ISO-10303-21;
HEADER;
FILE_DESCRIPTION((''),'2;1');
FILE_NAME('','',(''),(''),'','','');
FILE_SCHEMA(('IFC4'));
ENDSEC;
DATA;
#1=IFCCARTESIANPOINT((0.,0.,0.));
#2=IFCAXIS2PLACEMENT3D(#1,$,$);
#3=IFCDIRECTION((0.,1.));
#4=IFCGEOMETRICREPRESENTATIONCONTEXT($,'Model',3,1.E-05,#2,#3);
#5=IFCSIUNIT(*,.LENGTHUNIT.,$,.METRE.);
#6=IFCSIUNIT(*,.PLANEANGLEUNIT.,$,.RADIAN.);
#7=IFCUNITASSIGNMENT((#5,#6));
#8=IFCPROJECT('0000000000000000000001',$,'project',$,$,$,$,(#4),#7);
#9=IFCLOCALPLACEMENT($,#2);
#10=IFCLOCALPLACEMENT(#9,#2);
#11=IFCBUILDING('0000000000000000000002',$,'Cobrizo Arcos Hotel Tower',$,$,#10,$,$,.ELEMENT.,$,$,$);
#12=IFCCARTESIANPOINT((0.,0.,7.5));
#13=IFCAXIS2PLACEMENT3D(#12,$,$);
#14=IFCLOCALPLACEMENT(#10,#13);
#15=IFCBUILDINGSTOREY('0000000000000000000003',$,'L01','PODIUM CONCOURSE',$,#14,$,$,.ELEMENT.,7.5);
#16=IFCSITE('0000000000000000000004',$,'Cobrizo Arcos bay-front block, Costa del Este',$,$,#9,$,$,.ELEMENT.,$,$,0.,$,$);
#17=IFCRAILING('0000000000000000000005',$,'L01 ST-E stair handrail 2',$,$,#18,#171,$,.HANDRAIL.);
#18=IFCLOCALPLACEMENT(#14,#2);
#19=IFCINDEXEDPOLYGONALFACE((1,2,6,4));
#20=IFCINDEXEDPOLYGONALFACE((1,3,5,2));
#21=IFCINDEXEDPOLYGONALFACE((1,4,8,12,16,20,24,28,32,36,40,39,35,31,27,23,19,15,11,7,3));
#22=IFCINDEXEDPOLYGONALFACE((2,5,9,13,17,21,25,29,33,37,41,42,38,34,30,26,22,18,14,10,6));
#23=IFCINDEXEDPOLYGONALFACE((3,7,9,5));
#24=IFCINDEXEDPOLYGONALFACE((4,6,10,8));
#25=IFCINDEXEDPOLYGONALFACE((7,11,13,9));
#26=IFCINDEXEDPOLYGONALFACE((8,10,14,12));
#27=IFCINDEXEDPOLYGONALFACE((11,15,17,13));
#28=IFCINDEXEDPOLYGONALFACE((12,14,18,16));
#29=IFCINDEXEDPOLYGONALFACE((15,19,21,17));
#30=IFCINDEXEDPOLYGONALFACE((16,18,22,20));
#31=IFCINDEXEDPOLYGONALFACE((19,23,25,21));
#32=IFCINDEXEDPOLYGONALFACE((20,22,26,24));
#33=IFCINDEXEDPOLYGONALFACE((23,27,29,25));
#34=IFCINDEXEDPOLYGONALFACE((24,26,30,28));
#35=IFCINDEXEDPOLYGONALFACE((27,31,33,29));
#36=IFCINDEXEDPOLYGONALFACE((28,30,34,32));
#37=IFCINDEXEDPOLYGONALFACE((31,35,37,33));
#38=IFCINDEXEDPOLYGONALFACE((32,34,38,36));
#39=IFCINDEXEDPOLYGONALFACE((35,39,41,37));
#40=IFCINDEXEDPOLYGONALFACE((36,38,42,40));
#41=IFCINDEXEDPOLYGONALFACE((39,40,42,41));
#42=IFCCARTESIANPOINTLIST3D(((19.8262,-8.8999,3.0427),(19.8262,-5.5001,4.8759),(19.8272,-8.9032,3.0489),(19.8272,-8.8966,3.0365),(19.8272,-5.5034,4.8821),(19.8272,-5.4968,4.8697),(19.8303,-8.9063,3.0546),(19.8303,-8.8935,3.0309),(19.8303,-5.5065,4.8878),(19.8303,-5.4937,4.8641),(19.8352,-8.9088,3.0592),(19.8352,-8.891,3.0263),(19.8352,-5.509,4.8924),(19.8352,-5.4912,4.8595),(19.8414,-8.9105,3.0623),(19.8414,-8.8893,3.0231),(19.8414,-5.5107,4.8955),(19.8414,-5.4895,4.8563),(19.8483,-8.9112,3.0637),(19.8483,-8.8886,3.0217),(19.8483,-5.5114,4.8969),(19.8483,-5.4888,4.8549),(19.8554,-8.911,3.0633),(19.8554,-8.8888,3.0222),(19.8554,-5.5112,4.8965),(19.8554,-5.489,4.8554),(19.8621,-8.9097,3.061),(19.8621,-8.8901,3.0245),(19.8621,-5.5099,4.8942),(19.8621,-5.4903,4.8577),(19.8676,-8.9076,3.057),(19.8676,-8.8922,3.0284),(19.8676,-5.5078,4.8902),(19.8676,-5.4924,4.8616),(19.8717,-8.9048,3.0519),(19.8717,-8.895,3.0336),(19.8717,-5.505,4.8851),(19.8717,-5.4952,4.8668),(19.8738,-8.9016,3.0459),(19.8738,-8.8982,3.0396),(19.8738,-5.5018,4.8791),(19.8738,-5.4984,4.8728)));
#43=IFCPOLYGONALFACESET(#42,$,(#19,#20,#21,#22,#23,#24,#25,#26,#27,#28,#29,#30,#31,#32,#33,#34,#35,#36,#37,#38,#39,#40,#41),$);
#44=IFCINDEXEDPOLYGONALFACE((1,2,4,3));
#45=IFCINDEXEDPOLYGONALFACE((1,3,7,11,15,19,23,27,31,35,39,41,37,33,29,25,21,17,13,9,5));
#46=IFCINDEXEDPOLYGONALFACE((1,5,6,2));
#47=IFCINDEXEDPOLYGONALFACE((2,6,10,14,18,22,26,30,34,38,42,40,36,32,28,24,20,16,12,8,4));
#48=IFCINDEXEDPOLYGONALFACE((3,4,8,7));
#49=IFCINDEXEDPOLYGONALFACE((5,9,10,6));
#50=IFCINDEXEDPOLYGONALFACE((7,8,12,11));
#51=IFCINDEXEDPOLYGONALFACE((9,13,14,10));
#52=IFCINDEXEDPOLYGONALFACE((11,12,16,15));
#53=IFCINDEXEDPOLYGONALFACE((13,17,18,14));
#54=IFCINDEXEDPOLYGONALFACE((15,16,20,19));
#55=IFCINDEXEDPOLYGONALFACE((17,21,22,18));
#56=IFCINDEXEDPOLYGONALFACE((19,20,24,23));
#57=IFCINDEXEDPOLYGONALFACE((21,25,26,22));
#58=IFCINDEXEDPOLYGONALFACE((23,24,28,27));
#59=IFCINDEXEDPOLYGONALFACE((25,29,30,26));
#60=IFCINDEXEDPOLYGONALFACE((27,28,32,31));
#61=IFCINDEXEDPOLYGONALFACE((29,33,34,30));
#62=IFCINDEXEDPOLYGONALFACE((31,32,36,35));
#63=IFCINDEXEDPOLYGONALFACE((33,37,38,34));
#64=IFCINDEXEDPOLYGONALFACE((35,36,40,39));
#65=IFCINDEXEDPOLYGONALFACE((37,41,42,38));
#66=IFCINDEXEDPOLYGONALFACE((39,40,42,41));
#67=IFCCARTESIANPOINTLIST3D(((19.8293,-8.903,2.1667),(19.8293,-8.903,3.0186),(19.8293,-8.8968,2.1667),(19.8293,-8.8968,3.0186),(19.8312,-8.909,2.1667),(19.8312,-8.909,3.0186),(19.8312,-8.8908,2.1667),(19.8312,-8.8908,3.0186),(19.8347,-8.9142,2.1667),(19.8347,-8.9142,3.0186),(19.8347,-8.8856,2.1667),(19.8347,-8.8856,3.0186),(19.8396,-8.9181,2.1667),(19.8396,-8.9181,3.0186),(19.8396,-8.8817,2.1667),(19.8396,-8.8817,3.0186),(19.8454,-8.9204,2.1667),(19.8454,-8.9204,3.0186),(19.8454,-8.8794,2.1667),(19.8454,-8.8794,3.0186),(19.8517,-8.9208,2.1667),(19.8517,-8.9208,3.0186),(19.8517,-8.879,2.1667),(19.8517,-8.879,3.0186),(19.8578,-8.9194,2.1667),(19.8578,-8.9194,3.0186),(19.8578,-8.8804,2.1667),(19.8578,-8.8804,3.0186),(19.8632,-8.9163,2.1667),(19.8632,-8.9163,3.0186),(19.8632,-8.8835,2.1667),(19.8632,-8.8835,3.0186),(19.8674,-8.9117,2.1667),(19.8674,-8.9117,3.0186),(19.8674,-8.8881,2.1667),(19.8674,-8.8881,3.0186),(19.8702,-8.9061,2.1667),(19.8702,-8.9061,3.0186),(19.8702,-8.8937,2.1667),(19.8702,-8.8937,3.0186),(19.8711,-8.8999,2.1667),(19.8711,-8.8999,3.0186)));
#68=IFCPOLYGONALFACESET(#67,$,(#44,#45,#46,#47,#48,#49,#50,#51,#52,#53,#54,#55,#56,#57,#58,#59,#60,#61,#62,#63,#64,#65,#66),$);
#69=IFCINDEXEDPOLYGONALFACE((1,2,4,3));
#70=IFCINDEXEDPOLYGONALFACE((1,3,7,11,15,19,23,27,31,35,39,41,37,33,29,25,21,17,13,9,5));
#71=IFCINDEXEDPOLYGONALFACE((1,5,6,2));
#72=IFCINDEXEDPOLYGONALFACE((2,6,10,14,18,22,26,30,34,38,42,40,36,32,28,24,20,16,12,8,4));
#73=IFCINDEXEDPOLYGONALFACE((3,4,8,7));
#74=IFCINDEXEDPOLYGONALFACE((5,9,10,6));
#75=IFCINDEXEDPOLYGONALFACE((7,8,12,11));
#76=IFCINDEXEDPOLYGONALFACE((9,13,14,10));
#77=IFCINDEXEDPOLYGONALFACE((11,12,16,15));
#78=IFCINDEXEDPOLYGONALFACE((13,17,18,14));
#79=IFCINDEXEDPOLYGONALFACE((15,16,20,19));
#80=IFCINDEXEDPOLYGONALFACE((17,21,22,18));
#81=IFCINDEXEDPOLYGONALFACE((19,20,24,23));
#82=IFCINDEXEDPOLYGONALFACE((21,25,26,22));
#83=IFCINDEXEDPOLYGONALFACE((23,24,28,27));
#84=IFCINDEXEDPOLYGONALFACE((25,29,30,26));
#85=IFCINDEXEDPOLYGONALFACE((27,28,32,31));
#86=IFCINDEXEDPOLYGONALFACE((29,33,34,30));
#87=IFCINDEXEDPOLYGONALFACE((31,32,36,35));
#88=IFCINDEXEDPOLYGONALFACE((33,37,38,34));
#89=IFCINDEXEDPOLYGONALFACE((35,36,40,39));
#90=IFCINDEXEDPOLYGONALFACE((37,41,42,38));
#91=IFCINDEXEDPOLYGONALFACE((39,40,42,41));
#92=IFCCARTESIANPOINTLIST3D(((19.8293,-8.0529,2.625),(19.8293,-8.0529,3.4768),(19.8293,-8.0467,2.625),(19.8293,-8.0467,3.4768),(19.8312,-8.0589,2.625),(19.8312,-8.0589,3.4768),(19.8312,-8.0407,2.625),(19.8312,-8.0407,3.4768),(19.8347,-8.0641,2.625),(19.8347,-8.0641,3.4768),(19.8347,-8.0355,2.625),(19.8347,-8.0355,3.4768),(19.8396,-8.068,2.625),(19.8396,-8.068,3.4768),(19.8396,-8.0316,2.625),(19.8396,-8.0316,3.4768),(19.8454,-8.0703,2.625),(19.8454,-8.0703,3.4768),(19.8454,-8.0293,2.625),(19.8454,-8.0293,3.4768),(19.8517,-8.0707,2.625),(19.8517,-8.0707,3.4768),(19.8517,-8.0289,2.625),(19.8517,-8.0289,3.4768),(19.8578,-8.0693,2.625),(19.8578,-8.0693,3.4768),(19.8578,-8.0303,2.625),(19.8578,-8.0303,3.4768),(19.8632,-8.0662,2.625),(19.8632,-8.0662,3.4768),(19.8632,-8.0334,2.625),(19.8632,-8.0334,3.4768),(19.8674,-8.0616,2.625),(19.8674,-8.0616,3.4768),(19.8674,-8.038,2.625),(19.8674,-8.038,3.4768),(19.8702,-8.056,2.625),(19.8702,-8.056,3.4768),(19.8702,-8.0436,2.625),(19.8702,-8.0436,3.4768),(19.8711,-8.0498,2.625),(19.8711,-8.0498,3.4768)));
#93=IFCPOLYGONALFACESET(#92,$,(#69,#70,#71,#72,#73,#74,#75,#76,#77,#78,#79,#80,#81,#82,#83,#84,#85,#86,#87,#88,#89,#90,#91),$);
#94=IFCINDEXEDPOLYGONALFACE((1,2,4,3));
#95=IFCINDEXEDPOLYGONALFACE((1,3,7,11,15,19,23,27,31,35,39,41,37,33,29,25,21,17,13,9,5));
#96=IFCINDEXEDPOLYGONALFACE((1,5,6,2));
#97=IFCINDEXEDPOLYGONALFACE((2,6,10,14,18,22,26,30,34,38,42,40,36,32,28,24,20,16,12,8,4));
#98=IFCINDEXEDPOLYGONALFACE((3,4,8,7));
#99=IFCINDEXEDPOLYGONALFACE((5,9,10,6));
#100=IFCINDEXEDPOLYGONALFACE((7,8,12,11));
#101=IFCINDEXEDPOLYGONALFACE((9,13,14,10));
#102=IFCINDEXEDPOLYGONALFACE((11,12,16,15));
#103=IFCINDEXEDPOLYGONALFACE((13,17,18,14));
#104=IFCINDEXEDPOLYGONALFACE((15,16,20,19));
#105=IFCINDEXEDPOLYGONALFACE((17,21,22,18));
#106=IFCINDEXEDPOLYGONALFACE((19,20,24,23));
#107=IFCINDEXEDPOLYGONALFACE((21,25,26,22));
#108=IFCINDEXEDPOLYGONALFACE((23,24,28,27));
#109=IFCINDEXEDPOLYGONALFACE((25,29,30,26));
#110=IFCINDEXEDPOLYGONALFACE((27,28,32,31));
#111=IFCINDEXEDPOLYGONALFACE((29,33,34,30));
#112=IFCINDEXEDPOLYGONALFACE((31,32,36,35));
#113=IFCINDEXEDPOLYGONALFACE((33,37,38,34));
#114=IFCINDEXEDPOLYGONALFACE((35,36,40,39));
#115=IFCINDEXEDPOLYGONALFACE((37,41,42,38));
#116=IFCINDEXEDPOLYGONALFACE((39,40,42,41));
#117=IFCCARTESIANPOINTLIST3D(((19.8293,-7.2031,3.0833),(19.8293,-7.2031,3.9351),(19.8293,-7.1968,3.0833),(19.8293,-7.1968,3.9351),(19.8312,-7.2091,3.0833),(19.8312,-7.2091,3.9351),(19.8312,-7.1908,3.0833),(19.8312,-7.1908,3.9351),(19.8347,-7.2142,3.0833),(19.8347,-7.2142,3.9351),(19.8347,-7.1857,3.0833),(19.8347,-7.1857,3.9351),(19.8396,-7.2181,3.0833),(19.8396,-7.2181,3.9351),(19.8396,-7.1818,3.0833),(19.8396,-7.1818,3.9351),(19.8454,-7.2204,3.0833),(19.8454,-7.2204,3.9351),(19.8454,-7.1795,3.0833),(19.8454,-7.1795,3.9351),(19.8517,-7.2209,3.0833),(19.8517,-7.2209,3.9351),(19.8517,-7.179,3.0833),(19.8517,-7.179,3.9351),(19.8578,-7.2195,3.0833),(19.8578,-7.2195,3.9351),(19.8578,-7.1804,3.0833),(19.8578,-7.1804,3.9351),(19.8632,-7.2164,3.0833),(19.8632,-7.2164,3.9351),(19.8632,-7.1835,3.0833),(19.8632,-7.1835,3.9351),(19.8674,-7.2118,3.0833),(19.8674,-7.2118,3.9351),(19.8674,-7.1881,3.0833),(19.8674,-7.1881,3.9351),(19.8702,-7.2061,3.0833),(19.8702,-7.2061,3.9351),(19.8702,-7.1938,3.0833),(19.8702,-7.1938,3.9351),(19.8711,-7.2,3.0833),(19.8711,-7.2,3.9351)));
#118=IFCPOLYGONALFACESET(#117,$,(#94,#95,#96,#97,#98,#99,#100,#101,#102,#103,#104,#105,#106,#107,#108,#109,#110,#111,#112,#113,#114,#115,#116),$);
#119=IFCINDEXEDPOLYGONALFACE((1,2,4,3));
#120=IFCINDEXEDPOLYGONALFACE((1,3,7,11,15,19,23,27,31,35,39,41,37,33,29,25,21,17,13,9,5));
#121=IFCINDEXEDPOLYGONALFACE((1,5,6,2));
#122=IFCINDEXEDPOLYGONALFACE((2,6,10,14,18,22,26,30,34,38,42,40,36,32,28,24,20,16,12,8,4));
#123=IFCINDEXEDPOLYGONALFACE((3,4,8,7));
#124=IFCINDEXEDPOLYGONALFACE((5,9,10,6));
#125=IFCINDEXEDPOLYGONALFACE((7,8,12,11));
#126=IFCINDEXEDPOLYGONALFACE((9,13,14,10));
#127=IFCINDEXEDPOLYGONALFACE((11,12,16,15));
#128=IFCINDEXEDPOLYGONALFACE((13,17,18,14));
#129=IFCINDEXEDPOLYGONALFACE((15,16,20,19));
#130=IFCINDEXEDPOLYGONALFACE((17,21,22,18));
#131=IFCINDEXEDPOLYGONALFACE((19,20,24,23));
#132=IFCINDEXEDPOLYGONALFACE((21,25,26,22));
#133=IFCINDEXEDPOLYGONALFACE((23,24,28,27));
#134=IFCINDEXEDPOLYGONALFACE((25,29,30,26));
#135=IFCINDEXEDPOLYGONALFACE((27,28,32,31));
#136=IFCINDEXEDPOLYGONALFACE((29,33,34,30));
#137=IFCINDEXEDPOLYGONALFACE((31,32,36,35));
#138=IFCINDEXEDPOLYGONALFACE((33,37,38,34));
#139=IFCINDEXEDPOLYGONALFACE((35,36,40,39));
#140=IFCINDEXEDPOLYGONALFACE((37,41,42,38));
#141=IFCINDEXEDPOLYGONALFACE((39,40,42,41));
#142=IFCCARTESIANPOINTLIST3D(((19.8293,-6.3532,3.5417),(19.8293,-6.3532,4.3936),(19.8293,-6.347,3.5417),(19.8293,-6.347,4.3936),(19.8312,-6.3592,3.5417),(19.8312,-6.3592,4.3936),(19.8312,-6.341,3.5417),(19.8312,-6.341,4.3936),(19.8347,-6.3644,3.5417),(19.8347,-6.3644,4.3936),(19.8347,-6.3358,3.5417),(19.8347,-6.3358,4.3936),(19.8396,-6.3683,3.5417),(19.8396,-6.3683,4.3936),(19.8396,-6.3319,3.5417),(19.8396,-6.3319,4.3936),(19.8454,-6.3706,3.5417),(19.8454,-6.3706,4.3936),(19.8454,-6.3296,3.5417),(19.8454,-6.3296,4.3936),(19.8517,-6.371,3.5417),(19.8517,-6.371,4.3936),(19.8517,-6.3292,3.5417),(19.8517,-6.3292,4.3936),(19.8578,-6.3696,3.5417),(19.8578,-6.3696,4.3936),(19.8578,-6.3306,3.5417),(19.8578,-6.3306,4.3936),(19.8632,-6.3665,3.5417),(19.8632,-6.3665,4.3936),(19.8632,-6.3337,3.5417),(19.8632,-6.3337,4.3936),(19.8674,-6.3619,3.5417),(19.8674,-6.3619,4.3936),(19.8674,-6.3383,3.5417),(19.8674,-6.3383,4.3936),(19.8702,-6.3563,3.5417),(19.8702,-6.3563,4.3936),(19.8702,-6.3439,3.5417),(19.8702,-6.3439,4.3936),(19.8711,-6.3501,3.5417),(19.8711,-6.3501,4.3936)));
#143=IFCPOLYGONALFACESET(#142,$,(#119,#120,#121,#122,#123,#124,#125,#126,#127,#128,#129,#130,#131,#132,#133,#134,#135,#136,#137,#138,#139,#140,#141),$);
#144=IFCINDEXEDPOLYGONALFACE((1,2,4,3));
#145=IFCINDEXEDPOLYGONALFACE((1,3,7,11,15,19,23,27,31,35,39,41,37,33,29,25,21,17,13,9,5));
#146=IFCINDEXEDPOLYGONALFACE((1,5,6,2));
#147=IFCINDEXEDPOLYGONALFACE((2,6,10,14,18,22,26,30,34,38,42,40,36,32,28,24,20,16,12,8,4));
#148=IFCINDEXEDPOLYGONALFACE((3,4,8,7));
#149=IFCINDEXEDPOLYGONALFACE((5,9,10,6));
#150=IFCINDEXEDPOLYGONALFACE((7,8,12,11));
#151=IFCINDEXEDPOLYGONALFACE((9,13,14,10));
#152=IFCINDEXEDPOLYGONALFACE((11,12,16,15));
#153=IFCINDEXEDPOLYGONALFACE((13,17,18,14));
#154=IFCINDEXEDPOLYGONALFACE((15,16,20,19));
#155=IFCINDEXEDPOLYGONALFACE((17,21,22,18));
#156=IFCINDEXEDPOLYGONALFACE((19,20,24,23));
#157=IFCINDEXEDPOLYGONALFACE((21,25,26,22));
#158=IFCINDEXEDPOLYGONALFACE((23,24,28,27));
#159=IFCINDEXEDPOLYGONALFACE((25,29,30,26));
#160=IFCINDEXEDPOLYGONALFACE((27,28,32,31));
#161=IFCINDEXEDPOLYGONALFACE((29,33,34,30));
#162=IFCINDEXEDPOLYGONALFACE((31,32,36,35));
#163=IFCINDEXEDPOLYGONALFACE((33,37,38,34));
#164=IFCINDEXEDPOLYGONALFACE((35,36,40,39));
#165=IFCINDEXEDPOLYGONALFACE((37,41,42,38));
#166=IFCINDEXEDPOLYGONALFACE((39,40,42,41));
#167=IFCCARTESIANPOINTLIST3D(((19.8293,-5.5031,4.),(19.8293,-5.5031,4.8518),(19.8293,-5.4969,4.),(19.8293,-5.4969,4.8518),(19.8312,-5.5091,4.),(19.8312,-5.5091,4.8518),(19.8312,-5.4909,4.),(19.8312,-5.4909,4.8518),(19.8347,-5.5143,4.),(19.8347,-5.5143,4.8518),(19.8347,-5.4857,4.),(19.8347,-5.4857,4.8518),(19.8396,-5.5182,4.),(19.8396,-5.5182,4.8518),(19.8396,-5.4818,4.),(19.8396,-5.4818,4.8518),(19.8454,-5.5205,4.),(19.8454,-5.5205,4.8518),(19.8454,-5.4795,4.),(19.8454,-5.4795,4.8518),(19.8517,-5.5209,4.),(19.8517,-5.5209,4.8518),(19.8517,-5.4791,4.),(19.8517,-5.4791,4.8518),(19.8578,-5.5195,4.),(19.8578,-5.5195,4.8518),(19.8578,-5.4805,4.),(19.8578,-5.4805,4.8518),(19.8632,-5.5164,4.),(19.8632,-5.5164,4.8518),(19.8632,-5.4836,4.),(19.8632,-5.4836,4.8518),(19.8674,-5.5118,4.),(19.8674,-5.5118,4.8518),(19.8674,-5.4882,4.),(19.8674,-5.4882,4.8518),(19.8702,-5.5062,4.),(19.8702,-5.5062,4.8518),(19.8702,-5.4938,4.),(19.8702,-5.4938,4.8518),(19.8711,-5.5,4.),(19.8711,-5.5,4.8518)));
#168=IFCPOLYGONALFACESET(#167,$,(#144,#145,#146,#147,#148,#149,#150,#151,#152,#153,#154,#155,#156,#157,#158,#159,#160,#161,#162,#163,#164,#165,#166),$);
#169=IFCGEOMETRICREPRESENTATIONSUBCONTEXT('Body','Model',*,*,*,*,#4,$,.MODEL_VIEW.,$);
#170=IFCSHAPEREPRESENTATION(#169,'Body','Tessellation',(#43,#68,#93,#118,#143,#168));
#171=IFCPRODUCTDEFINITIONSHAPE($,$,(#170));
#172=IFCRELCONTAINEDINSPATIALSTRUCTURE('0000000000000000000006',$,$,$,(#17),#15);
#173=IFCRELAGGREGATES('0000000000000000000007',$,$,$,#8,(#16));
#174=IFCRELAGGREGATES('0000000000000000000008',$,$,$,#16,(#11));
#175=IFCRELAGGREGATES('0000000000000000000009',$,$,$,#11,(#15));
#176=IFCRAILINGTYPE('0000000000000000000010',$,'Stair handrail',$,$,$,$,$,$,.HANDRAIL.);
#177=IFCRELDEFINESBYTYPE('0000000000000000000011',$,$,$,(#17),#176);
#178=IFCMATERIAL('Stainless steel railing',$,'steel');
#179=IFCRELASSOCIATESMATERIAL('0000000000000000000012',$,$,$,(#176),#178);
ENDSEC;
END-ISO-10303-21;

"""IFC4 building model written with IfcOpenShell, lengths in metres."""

from ifc_helpers import new_model, si_unit, direction, frame, origin, origin_2d, place, context, subcontext, project, spatial, circle, extrude, material, type_object, element, save


model = new_model("IFC4")

# Units and contexts
model_context = context("Model", 3, precision=1e-05, world=origin(), true_north=direction((0.0, 1.0)))
body_context = subcontext(model_context, "Body", "Model", "MODEL_VIEW")
ifc_project = project(units=[si_unit("LENGTHUNIT", "METRE"), si_unit("PLANEANGLEUNIT", "RADIAN")], contexts=[model_context])

# Site, building, storey
site_placement = place(None, origin())
site = spatial("IfcSite", under=ifc_project, at=site_placement, Name="Cobrizo Arcos bay-front block, Costa del Este", CompositionType="ELEMENT", RefElevation=0.0)
building_placement = place(site_placement, origin())
building = spatial("IfcBuilding", under=site, at=building_placement, Name="Cobrizo Arcos Hotel Tower", CompositionType="ELEMENT")
storey_placement = place(building_placement, frame((0.0, 0.0, 7.5)))
storey = spatial("IfcBuildingStorey", under=building, at=storey_placement, Name="L01", Description="PODIUM CONCOURSE", CompositionType="ELEMENT", Elevation=7.5)

# Railing
ifc_material_1 = material(Name="Stainless steel railing", Category="steel")
railing_type = type_object("IfcRailingType", Name="Stair handrail", PredefinedType="HANDRAIL", material=ifc_material_1)
for number, where, name in (
    (1, (19.8501, -8.8999, 2.1667), "L01 ST-E stair handrail 2"),
):
    element("IfcRailing", number, at=place(storey_placement, frame(where)), inside=storey, type_object=railing_type, Name=name, PredefinedType="HANDRAIL", context=body_context, shape_type="SweptSolid", body=[
        extrude(circle(Radius=0.0239, at=origin_2d()), frame((0.0, 0.0, 0.876), z_axis=(0.0, 0.880197, 0.474609), x_axis=(-1.0, 0.0, 0.0)), (0.0, 0.0, 1.0), 3.8625),
        extrude(circle(Radius=0.021, at=origin_2d()), origin(), (0.0, 0.0, 1.0), 0.8518),
        extrude(circle(Radius=0.021, at=origin_2d()), frame((0.0, 0.8501, 0.4583)), (0.0, 0.0, 1.0), 0.8518),
        extrude(circle(Radius=0.021, at=origin_2d()), frame((0.0, 1.7, 0.9165)), (0.0, 0.0, 1.0), 0.8518),
        extrude(circle(Radius=0.021, at=origin_2d()), frame((0.0, 2.5498, 1.375)), (0.0, 0.0, 1.0), 0.8518),
        extrude(circle(Radius=0.021, at=origin_2d()), frame((0.0, 3.3999, 1.8333)), (0.0, 0.0, 1.0), 0.8518),
    ])

save(model, "model.ifc")
